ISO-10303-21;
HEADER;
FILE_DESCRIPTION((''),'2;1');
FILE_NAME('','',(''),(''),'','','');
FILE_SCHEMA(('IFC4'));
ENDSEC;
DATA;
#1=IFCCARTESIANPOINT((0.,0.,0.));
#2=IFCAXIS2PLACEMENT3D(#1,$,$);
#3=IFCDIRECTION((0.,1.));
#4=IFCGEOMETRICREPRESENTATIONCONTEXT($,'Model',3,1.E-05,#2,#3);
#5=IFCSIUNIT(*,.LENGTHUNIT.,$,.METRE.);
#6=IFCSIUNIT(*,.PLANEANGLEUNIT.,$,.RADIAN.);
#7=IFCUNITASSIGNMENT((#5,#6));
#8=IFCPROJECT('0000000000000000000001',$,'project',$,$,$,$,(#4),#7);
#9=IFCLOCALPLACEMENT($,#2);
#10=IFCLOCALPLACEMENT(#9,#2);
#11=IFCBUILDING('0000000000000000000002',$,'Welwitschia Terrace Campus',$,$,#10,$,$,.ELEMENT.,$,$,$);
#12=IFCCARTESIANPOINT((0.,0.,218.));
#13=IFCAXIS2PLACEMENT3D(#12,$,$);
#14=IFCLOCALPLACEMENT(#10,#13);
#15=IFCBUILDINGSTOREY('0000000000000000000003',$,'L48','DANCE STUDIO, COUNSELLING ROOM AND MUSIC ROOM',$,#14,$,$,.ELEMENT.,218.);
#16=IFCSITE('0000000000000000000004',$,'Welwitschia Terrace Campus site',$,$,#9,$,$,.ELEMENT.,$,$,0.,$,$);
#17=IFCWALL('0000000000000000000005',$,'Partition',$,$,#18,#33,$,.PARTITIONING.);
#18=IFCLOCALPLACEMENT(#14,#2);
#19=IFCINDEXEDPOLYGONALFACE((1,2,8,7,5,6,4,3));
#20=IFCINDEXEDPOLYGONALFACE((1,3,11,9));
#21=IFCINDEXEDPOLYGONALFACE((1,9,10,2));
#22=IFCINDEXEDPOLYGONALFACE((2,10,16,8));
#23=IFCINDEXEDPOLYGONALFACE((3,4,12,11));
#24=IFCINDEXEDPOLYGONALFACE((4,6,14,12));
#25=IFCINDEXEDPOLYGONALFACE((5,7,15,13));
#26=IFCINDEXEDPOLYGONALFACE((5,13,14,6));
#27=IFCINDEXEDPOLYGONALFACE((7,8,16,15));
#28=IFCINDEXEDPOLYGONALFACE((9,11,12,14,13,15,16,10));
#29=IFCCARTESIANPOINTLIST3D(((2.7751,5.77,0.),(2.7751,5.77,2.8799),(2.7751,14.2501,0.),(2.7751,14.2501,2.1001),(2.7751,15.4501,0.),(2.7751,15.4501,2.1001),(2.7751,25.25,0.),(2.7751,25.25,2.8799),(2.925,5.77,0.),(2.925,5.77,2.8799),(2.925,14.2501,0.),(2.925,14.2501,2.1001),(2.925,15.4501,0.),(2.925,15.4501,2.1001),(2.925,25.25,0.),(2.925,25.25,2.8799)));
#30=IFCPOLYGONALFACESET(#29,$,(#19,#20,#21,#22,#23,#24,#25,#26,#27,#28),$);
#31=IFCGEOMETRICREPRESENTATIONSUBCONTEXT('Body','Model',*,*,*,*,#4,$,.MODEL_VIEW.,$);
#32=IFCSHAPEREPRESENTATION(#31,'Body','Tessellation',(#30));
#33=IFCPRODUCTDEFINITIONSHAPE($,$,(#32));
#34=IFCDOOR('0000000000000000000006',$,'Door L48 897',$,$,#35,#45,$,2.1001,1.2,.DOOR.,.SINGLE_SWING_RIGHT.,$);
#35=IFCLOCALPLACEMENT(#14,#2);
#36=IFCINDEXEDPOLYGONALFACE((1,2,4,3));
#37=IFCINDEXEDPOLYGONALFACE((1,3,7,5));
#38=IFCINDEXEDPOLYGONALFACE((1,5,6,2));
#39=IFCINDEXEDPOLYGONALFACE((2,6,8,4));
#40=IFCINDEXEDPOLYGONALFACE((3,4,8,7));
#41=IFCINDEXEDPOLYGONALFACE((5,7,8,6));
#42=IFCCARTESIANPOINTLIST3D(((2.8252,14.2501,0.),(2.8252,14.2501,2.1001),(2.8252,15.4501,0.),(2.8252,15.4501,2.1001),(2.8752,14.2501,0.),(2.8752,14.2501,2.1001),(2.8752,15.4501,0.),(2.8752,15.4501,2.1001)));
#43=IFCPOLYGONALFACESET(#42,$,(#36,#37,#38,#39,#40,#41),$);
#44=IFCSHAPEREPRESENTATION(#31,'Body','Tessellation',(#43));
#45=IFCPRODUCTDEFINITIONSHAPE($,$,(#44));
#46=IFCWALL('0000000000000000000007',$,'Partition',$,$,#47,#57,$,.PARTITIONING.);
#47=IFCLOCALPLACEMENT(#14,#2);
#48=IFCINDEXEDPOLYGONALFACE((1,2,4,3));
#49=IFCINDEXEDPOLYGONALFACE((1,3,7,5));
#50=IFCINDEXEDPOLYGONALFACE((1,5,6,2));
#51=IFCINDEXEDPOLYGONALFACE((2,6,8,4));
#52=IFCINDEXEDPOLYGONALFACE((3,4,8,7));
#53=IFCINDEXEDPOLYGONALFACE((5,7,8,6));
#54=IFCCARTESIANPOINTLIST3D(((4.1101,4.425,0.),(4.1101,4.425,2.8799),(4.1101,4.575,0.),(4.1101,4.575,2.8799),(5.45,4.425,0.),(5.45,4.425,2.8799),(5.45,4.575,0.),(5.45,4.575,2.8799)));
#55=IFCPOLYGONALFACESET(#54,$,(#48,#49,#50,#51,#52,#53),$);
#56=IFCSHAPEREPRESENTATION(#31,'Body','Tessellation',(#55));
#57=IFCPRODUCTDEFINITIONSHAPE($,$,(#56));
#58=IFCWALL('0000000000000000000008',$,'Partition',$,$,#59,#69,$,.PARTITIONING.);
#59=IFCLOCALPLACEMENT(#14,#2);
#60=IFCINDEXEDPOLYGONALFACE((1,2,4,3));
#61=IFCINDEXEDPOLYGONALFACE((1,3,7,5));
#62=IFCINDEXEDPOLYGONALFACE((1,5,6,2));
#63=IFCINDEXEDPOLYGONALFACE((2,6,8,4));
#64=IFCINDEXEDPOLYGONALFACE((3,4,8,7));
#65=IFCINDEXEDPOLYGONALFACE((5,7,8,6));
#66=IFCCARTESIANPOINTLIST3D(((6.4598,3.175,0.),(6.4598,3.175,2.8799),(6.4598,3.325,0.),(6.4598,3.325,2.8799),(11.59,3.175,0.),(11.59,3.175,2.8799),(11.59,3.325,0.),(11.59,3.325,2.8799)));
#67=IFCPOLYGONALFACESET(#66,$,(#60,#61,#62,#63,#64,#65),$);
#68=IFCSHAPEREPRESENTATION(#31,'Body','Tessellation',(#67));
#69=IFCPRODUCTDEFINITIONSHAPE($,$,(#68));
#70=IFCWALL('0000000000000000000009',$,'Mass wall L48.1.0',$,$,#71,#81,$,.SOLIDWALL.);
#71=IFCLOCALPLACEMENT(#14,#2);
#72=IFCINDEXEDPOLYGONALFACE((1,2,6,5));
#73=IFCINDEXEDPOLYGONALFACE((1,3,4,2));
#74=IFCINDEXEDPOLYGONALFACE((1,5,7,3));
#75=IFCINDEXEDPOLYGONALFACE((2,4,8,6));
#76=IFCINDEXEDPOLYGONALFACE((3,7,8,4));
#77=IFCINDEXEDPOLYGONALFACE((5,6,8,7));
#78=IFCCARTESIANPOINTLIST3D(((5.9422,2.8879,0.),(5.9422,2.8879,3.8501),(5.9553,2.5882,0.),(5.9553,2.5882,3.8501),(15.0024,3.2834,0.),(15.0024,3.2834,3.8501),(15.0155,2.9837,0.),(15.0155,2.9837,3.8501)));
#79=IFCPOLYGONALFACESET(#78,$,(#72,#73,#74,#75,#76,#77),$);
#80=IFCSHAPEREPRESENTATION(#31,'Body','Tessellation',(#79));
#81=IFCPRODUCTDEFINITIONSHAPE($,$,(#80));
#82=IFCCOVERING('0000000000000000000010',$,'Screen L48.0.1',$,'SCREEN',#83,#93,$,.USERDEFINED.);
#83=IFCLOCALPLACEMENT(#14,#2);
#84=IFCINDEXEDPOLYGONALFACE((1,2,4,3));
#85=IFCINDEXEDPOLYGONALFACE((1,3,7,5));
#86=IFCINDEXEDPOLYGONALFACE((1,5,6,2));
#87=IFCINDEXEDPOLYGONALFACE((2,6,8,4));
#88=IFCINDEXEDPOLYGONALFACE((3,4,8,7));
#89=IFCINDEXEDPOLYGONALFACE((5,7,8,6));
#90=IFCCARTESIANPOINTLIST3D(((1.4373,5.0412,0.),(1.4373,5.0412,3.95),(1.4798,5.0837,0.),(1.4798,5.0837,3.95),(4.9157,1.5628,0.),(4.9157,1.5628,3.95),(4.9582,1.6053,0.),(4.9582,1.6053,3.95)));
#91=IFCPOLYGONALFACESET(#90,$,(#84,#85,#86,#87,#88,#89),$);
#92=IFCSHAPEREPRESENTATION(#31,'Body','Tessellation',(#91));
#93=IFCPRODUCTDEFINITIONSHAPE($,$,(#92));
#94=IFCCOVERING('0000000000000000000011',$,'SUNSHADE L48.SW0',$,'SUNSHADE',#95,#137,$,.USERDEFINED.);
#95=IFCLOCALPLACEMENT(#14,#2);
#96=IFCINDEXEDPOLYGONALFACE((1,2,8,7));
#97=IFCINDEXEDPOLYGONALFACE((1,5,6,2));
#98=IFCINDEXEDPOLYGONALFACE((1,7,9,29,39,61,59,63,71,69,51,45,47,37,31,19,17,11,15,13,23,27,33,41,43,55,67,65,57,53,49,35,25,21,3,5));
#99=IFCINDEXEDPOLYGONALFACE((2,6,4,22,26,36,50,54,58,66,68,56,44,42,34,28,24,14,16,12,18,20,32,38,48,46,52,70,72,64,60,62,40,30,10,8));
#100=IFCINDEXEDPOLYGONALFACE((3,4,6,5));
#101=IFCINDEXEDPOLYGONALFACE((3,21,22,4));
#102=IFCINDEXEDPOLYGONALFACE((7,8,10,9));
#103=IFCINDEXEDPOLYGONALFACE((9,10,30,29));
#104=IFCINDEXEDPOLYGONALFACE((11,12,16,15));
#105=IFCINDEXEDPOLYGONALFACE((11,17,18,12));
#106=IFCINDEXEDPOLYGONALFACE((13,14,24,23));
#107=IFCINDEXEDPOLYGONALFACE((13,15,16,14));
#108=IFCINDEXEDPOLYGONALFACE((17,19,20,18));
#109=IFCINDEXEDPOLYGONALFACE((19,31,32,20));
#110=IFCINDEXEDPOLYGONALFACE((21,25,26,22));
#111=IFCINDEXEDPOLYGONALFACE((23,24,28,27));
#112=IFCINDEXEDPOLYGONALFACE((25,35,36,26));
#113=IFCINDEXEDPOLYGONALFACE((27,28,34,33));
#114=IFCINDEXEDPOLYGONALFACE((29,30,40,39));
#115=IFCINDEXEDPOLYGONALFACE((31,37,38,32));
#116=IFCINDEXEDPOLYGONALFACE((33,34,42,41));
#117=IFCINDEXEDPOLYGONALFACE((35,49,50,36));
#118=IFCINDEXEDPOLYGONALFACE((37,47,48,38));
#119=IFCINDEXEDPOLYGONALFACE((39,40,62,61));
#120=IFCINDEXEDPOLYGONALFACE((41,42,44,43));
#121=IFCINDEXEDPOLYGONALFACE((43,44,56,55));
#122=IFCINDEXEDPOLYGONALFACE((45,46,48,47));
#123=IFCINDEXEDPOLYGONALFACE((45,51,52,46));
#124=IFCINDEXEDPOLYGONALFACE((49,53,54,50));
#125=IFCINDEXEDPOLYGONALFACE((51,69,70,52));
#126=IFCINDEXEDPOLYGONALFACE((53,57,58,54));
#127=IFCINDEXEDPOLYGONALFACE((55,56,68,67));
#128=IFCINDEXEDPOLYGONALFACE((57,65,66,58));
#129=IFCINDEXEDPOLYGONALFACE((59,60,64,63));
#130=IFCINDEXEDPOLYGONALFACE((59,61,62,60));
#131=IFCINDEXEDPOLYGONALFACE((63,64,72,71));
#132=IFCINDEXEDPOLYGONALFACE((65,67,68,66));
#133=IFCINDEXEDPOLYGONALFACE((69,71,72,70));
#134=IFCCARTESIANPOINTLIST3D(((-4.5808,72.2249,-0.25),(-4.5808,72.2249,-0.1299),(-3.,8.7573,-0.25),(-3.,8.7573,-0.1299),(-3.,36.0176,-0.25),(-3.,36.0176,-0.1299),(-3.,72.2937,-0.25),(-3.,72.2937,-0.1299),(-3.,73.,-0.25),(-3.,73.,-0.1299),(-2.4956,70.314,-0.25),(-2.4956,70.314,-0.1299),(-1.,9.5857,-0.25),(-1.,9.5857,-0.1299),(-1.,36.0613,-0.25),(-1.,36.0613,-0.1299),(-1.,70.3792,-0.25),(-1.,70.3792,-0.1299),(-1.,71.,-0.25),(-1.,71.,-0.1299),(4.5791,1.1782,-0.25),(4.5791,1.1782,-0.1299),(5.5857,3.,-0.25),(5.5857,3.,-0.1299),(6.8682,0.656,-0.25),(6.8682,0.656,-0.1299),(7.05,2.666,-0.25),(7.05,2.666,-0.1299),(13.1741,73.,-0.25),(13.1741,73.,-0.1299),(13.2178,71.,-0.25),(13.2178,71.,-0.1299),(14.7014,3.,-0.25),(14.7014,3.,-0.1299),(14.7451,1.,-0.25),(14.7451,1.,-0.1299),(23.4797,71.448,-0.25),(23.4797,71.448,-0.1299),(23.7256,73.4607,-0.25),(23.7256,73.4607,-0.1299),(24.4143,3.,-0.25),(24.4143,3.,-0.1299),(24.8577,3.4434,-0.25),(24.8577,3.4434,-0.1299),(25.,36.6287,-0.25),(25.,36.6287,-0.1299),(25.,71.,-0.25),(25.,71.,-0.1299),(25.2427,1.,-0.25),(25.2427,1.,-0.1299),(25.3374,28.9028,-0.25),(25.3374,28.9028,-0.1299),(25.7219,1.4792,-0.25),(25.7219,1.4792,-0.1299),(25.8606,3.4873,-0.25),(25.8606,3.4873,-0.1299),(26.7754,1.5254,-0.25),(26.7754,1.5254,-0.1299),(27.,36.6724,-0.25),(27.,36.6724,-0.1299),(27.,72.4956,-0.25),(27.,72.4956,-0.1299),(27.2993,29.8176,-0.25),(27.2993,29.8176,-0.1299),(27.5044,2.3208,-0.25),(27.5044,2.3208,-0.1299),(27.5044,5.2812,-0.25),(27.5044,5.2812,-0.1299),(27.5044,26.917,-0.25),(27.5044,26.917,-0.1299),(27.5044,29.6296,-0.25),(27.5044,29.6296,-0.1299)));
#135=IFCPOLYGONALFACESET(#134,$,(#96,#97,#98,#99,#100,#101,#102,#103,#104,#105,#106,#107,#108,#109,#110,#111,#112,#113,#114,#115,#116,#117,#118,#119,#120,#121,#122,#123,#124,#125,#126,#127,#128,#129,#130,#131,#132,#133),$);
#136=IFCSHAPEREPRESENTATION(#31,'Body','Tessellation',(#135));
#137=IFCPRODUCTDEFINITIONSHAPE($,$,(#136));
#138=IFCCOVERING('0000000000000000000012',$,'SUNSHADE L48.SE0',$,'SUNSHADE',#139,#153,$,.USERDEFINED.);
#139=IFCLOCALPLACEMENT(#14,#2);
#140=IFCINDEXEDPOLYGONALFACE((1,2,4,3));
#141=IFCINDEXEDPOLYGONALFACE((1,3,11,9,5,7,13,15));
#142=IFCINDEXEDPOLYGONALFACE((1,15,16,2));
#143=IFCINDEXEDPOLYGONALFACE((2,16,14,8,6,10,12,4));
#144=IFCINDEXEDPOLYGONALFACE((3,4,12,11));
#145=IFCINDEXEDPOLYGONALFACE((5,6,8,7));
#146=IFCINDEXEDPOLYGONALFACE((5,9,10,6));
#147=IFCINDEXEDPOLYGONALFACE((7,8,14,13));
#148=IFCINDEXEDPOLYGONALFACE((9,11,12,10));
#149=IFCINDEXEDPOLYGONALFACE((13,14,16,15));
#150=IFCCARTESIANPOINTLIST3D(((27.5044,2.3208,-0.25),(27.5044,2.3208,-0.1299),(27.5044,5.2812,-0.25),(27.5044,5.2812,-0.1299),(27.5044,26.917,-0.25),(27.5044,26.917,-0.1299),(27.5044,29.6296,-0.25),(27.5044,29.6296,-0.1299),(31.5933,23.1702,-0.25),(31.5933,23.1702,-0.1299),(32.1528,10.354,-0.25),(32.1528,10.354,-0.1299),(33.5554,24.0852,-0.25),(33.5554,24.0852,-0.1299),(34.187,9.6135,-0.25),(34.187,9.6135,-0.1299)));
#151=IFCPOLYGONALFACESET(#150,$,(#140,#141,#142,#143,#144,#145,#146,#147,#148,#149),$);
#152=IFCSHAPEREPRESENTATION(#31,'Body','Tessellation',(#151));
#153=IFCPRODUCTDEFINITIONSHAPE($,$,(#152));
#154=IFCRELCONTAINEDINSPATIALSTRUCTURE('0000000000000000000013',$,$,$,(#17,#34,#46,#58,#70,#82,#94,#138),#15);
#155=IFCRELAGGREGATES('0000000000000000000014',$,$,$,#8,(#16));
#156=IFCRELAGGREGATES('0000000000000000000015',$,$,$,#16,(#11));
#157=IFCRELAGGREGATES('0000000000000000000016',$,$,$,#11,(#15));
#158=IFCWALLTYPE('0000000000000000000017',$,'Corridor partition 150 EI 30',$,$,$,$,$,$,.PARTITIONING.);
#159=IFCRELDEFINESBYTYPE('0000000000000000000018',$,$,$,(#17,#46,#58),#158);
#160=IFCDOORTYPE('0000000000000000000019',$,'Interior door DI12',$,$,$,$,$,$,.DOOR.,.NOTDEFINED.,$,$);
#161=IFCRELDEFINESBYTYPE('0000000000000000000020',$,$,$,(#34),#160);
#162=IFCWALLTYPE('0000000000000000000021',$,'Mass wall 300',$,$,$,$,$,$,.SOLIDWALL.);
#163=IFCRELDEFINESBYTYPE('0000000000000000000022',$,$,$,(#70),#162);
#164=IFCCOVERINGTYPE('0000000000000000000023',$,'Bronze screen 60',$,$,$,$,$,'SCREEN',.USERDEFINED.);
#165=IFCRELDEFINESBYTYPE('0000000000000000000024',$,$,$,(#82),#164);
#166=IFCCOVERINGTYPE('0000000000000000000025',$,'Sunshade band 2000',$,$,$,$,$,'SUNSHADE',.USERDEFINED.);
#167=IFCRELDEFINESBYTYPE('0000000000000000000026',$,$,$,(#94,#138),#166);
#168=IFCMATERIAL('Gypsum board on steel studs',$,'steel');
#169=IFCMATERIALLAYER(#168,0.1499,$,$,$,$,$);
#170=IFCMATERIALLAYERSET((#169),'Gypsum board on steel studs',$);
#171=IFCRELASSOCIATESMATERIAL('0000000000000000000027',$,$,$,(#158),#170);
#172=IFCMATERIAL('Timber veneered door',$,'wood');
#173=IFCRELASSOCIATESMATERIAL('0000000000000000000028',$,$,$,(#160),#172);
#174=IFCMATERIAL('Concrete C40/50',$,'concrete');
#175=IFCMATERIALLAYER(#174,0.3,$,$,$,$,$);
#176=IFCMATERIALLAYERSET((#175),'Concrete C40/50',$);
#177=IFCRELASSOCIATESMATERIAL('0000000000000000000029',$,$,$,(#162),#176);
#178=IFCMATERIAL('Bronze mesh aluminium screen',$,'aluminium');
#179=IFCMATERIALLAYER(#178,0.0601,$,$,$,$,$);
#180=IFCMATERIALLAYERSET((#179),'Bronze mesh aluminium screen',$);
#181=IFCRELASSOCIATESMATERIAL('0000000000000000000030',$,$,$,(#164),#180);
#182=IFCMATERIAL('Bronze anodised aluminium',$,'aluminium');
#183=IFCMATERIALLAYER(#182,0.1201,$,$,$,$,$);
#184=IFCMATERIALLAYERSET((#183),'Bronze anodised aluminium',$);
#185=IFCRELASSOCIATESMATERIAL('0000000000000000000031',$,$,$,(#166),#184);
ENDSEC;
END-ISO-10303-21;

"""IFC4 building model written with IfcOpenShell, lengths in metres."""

from ifc_helpers import new_model, si_unit, direction, frame, frame_2d, origin, origin_2d, place, context, subcontext, project, spatial, polyline, rectangle, outline, extrude, material, layer, layer_set, type_object, element, fill, save


model = new_model("IFC4")

# Units and contexts
model_context = context("Model", 3, precision=1e-05, world=origin(), true_north=direction((0.0, 1.0)))
body_context = subcontext(model_context, "Body", "Model", "MODEL_VIEW")
ifc_project = project(units=[si_unit("LENGTHUNIT", "METRE"), si_unit("PLANEANGLEUNIT", "RADIAN")], contexts=[model_context])

# Site, building, storey
site_placement = place(None, origin())
site = spatial("IfcSite", under=ifc_project, at=site_placement, Name="Welwitschia Terrace Campus site", CompositionType="ELEMENT", RefElevation=0.0)
building_placement = place(site_placement, origin())
building = spatial("IfcBuilding", under=site, at=building_placement, Name="Welwitschia Terrace Campus", CompositionType="ELEMENT")
storey_placement = place(building_placement, frame((0.0, 0.0, 218.0)))
storey = spatial("IfcBuildingStorey", under=building, at=storey_placement, Name="L48", Description="DANCE STUDIO, COUNSELLING ROOM AND MUSIC ROOM", CompositionType="ELEMENT", Elevation=218.0)

# Wall, opening, door
ifc_material_1 = material(Name="Gypsum board on steel studs", Category="steel")
ifc_layer_1 = layer(ifc_material_1, 0.1499)
ifc_layer_set_1 = layer_set([ifc_layer_1], Name="Gypsum board on steel studs")
wall_type_1 = type_object("IfcWallType", Name="Corridor partition 150 EI 30", PredefinedType="PARTITIONING", material=ifc_layer_set_1)
wall_1_placement = place(storey_placement, frame((2.8501, 5.77, 0.0), z_axis=(0.0, 0.0, 1.0), x_axis=(0.0, 1.0, 0.0)))
wall_1 = element("IfcWall", 1, at=wall_1_placement, inside=storey, type_object=wall_type_1, Name="Partition", PredefinedType="PARTITIONING", context=body_context, shape_type="SweptSolid", body=[
    extrude(rectangle(XDim=19.48, YDim=0.1499, at=frame_2d((9.74, 0.0))), origin(), (0.0, 0.0, 1.0), 2.8799),
])
opening_1_placement = place(wall_1_placement, frame((8.48, 0.0, 0.0)))
opening_1 = element("IfcOpeningElement", 2, at=opening_1_placement, cuts=wall_1, PredefinedType="OPENING", context=body_context, shape_type="SweptSolid", body=[
    extrude(rectangle(XDim=1.2, YDim=2.1001, at=frame_2d((0.6001, 1.05))), frame((0.0, 0.085, 0.0), z_axis=(0.0, -1.0, 0.0), x_axis=(1.0, 0.0, 0.0)), (0.0, 0.0, 1.0), 0.1699),
])
ifc_material_2 = material(Name="Timber veneered door", Category="wood")
door_type_1 = type_object("IfcDoorType", Name="Interior door DI12", OperationType="NOTDEFINED", PredefinedType="DOOR", material=ifc_material_2)
door_1_placement = place(opening_1_placement, origin())
door_1 = element("IfcDoor", 3, at=door_1_placement, inside=storey, type_object=door_type_1, Name="Door L48 897", OperationType="SINGLE_SWING_RIGHT", OverallHeight=2.1001, OverallWidth=1.2, PredefinedType="DOOR", context=body_context, shape_type="SweptSolid", body=[
    extrude(rectangle(XDim=1.2, YDim=2.1001, at=frame_2d((0.6001, 1.05))), frame((0.0, 0.0249, 0.0), z_axis=(0.0, -1.0, 0.0), x_axis=(1.0, 0.0, 0.0)), (0.0, 0.0, 1.0), 0.05),
])
fill(opening_1, door_1)

# Walls
wall_2_placement = place(storey_placement, frame((4.1101, 4.5, 0.0), z_axis=(0.0, 0.0, 1.0), x_axis=(1.0, 0.0, 0.0)))
element("IfcWall", 4, at=wall_2_placement, inside=storey, type_object=wall_type_1, Name="Partition", PredefinedType="PARTITIONING", context=body_context, shape_type="SweptSolid", body=[
    extrude(rectangle(XDim=1.3398, YDim=0.1499, at=frame_2d((0.6699, 0.0))), origin(), (0.0, 0.0, 1.0), 2.8799),
])
wall_3_placement = place(storey_placement, frame((6.46, 3.25, 0.0), z_axis=(0.0, 0.0, 1.0), x_axis=(1.0, 0.0, 0.0)))
element("IfcWall", 5, at=wall_3_placement, inside=storey, type_object=wall_type_1, Name="Partition", PredefinedType="PARTITIONING", context=body_context, shape_type="SweptSolid", body=[
    extrude(rectangle(XDim=5.1301, YDim=0.1499, at=frame_2d((2.5649, 0.0))), origin(), (0.0, 0.0, 1.0), 2.8799),
])
ifc_material_3 = material(Name="Concrete C40/50", Category="concrete")
ifc_layer_2 = layer(ifc_material_3, 0.3)
ifc_layer_set_2 = layer_set([ifc_layer_2], Name="Concrete C40/50")
wall_type_2 = type_object("IfcWallType", Name="Mass wall 300", PredefinedType="SOLIDWALL", material=ifc_layer_set_2)
wall_4_placement = place(storey_placement, frame((5.9487, 2.738, 0.0), z_axis=(0.0, 0.0, 1.0), x_axis=(0.999049, 0.043611, 0.0)))
element("IfcWall", 6, at=wall_4_placement, inside=storey, type_object=wall_type_2, Name="Mass wall L48.1.0", PredefinedType="SOLIDWALL", context=body_context, shape_type="SweptSolid", body=[
    extrude(rectangle(XDim=9.0688, YDim=0.3, at=frame_2d((4.5344, 0.0))), origin(), (0.0, 0.0, 1.0), 3.8501),
])

# Coverings
ifc_material_4 = material(Name="Bronze mesh aluminium screen", Category="aluminium")
ifc_layer_3 = layer(ifc_material_4, 0.0601)
ifc_layer_set_3 = layer_set([ifc_layer_3], Name="Bronze mesh aluminium screen")
covering_type_1 = type_object("IfcCoveringType", Name="Bronze screen 60", ElementType="SCREEN", PredefinedType="USERDEFINED", material=ifc_layer_set_3)
covering_1_placement = place(storey_placement, frame((3.1978, 3.3232, 0.0), z_axis=(0.0, 0.0, 1.0), x_axis=(0.707107, -0.707107, 0.0)))
element("IfcCovering", 7, at=covering_1_placement, inside=storey, type_object=covering_type_1, Name="Screen L48.0.1", ObjectType="SCREEN", PredefinedType="USERDEFINED", context=body_context, shape_type="SweptSolid", body=[
    extrude(rectangle(XDim=4.9192, YDim=0.0601, at=origin_2d()), origin(), (0.0, 0.0, 1.0), 3.95),
])
ifc_material_5 = material(Name="Bronze anodised aluminium", Category="aluminium")
ifc_layer_4 = layer(ifc_material_5, 0.1201)
ifc_layer_set_4 = layer_set([ifc_layer_4], Name="Bronze anodised aluminium")
covering_type_2 = type_object("IfcCoveringType", Name="Sunshade band 2000", ElementType="SUNSHADE", PredefinedType="USERDEFINED", material=ifc_layer_set_4)
covering_2_placement = place(storey_placement, frame((0.0, 0.0, -0.25)))
element("IfcCovering", 8, at=covering_2_placement, inside=storey, type_object=covering_type_2, Name="SUNSHADE L48.SW0", ObjectType="SUNSHADE", PredefinedType="USERDEFINED", context=body_context, shape_type="SweptSolid", body=[
    extrude(outline(polyline([(-3.0, 72.2937), (-3.0, 73.0), (13.1741, 73.0), (23.7256, 73.4607), (27.0, 72.4956), (27.0, 36.6724), (27.2993, 29.8176), (27.5044, 29.6296), (27.5044, 26.917), (25.3374, 28.9028), (25.0, 36.6287), (25.0, 71.0), (23.4797, 71.448), (13.2178, 71.0), (-1.0, 71.0), (-1.0, 70.3792), (-2.4956, 70.314), (-1.0, 36.0613), (-1.0, 9.5857), (5.5857, 3.0), (7.05, 2.666), (14.7014, 3.0), (24.4143, 3.0), (24.8577, 3.4434), (25.8606, 3.4873), (27.5044, 5.2812), (27.5044, 2.3208), (26.7754, 1.5254), (25.7219, 1.4792), (25.2427, 1.0), (14.7451, 1.0), (6.8682, 0.656), (4.5791, 1.1782), (-3.0, 8.7573), (-3.0, 36.0176), (-4.5808, 72.2249), (-3.0, 72.2937)])), origin(), (0.0, 0.0, 1.0), 0.1201),
])
covering_3_placement = place(storey_placement, frame((0.0, 0.0, -0.25)))
element("IfcCovering", 9, at=covering_3_placement, inside=storey, type_object=covering_type_2, Name="SUNSHADE L48.SE0", ObjectType="SUNSHADE", PredefinedType="USERDEFINED", context=body_context, shape_type="SweptSolid", body=[
    extrude(outline(polyline([(33.5554, 24.0852), (34.187, 9.6135), (27.5044, 2.3208), (27.5044, 5.2812), (32.1528, 10.354), (31.5933, 23.1702), (27.5044, 26.917), (27.5044, 29.6296), (33.5554, 24.0852)])), origin(), (0.0, 0.0, 1.0), 0.1201),
])

save(model, "model.ifc")
